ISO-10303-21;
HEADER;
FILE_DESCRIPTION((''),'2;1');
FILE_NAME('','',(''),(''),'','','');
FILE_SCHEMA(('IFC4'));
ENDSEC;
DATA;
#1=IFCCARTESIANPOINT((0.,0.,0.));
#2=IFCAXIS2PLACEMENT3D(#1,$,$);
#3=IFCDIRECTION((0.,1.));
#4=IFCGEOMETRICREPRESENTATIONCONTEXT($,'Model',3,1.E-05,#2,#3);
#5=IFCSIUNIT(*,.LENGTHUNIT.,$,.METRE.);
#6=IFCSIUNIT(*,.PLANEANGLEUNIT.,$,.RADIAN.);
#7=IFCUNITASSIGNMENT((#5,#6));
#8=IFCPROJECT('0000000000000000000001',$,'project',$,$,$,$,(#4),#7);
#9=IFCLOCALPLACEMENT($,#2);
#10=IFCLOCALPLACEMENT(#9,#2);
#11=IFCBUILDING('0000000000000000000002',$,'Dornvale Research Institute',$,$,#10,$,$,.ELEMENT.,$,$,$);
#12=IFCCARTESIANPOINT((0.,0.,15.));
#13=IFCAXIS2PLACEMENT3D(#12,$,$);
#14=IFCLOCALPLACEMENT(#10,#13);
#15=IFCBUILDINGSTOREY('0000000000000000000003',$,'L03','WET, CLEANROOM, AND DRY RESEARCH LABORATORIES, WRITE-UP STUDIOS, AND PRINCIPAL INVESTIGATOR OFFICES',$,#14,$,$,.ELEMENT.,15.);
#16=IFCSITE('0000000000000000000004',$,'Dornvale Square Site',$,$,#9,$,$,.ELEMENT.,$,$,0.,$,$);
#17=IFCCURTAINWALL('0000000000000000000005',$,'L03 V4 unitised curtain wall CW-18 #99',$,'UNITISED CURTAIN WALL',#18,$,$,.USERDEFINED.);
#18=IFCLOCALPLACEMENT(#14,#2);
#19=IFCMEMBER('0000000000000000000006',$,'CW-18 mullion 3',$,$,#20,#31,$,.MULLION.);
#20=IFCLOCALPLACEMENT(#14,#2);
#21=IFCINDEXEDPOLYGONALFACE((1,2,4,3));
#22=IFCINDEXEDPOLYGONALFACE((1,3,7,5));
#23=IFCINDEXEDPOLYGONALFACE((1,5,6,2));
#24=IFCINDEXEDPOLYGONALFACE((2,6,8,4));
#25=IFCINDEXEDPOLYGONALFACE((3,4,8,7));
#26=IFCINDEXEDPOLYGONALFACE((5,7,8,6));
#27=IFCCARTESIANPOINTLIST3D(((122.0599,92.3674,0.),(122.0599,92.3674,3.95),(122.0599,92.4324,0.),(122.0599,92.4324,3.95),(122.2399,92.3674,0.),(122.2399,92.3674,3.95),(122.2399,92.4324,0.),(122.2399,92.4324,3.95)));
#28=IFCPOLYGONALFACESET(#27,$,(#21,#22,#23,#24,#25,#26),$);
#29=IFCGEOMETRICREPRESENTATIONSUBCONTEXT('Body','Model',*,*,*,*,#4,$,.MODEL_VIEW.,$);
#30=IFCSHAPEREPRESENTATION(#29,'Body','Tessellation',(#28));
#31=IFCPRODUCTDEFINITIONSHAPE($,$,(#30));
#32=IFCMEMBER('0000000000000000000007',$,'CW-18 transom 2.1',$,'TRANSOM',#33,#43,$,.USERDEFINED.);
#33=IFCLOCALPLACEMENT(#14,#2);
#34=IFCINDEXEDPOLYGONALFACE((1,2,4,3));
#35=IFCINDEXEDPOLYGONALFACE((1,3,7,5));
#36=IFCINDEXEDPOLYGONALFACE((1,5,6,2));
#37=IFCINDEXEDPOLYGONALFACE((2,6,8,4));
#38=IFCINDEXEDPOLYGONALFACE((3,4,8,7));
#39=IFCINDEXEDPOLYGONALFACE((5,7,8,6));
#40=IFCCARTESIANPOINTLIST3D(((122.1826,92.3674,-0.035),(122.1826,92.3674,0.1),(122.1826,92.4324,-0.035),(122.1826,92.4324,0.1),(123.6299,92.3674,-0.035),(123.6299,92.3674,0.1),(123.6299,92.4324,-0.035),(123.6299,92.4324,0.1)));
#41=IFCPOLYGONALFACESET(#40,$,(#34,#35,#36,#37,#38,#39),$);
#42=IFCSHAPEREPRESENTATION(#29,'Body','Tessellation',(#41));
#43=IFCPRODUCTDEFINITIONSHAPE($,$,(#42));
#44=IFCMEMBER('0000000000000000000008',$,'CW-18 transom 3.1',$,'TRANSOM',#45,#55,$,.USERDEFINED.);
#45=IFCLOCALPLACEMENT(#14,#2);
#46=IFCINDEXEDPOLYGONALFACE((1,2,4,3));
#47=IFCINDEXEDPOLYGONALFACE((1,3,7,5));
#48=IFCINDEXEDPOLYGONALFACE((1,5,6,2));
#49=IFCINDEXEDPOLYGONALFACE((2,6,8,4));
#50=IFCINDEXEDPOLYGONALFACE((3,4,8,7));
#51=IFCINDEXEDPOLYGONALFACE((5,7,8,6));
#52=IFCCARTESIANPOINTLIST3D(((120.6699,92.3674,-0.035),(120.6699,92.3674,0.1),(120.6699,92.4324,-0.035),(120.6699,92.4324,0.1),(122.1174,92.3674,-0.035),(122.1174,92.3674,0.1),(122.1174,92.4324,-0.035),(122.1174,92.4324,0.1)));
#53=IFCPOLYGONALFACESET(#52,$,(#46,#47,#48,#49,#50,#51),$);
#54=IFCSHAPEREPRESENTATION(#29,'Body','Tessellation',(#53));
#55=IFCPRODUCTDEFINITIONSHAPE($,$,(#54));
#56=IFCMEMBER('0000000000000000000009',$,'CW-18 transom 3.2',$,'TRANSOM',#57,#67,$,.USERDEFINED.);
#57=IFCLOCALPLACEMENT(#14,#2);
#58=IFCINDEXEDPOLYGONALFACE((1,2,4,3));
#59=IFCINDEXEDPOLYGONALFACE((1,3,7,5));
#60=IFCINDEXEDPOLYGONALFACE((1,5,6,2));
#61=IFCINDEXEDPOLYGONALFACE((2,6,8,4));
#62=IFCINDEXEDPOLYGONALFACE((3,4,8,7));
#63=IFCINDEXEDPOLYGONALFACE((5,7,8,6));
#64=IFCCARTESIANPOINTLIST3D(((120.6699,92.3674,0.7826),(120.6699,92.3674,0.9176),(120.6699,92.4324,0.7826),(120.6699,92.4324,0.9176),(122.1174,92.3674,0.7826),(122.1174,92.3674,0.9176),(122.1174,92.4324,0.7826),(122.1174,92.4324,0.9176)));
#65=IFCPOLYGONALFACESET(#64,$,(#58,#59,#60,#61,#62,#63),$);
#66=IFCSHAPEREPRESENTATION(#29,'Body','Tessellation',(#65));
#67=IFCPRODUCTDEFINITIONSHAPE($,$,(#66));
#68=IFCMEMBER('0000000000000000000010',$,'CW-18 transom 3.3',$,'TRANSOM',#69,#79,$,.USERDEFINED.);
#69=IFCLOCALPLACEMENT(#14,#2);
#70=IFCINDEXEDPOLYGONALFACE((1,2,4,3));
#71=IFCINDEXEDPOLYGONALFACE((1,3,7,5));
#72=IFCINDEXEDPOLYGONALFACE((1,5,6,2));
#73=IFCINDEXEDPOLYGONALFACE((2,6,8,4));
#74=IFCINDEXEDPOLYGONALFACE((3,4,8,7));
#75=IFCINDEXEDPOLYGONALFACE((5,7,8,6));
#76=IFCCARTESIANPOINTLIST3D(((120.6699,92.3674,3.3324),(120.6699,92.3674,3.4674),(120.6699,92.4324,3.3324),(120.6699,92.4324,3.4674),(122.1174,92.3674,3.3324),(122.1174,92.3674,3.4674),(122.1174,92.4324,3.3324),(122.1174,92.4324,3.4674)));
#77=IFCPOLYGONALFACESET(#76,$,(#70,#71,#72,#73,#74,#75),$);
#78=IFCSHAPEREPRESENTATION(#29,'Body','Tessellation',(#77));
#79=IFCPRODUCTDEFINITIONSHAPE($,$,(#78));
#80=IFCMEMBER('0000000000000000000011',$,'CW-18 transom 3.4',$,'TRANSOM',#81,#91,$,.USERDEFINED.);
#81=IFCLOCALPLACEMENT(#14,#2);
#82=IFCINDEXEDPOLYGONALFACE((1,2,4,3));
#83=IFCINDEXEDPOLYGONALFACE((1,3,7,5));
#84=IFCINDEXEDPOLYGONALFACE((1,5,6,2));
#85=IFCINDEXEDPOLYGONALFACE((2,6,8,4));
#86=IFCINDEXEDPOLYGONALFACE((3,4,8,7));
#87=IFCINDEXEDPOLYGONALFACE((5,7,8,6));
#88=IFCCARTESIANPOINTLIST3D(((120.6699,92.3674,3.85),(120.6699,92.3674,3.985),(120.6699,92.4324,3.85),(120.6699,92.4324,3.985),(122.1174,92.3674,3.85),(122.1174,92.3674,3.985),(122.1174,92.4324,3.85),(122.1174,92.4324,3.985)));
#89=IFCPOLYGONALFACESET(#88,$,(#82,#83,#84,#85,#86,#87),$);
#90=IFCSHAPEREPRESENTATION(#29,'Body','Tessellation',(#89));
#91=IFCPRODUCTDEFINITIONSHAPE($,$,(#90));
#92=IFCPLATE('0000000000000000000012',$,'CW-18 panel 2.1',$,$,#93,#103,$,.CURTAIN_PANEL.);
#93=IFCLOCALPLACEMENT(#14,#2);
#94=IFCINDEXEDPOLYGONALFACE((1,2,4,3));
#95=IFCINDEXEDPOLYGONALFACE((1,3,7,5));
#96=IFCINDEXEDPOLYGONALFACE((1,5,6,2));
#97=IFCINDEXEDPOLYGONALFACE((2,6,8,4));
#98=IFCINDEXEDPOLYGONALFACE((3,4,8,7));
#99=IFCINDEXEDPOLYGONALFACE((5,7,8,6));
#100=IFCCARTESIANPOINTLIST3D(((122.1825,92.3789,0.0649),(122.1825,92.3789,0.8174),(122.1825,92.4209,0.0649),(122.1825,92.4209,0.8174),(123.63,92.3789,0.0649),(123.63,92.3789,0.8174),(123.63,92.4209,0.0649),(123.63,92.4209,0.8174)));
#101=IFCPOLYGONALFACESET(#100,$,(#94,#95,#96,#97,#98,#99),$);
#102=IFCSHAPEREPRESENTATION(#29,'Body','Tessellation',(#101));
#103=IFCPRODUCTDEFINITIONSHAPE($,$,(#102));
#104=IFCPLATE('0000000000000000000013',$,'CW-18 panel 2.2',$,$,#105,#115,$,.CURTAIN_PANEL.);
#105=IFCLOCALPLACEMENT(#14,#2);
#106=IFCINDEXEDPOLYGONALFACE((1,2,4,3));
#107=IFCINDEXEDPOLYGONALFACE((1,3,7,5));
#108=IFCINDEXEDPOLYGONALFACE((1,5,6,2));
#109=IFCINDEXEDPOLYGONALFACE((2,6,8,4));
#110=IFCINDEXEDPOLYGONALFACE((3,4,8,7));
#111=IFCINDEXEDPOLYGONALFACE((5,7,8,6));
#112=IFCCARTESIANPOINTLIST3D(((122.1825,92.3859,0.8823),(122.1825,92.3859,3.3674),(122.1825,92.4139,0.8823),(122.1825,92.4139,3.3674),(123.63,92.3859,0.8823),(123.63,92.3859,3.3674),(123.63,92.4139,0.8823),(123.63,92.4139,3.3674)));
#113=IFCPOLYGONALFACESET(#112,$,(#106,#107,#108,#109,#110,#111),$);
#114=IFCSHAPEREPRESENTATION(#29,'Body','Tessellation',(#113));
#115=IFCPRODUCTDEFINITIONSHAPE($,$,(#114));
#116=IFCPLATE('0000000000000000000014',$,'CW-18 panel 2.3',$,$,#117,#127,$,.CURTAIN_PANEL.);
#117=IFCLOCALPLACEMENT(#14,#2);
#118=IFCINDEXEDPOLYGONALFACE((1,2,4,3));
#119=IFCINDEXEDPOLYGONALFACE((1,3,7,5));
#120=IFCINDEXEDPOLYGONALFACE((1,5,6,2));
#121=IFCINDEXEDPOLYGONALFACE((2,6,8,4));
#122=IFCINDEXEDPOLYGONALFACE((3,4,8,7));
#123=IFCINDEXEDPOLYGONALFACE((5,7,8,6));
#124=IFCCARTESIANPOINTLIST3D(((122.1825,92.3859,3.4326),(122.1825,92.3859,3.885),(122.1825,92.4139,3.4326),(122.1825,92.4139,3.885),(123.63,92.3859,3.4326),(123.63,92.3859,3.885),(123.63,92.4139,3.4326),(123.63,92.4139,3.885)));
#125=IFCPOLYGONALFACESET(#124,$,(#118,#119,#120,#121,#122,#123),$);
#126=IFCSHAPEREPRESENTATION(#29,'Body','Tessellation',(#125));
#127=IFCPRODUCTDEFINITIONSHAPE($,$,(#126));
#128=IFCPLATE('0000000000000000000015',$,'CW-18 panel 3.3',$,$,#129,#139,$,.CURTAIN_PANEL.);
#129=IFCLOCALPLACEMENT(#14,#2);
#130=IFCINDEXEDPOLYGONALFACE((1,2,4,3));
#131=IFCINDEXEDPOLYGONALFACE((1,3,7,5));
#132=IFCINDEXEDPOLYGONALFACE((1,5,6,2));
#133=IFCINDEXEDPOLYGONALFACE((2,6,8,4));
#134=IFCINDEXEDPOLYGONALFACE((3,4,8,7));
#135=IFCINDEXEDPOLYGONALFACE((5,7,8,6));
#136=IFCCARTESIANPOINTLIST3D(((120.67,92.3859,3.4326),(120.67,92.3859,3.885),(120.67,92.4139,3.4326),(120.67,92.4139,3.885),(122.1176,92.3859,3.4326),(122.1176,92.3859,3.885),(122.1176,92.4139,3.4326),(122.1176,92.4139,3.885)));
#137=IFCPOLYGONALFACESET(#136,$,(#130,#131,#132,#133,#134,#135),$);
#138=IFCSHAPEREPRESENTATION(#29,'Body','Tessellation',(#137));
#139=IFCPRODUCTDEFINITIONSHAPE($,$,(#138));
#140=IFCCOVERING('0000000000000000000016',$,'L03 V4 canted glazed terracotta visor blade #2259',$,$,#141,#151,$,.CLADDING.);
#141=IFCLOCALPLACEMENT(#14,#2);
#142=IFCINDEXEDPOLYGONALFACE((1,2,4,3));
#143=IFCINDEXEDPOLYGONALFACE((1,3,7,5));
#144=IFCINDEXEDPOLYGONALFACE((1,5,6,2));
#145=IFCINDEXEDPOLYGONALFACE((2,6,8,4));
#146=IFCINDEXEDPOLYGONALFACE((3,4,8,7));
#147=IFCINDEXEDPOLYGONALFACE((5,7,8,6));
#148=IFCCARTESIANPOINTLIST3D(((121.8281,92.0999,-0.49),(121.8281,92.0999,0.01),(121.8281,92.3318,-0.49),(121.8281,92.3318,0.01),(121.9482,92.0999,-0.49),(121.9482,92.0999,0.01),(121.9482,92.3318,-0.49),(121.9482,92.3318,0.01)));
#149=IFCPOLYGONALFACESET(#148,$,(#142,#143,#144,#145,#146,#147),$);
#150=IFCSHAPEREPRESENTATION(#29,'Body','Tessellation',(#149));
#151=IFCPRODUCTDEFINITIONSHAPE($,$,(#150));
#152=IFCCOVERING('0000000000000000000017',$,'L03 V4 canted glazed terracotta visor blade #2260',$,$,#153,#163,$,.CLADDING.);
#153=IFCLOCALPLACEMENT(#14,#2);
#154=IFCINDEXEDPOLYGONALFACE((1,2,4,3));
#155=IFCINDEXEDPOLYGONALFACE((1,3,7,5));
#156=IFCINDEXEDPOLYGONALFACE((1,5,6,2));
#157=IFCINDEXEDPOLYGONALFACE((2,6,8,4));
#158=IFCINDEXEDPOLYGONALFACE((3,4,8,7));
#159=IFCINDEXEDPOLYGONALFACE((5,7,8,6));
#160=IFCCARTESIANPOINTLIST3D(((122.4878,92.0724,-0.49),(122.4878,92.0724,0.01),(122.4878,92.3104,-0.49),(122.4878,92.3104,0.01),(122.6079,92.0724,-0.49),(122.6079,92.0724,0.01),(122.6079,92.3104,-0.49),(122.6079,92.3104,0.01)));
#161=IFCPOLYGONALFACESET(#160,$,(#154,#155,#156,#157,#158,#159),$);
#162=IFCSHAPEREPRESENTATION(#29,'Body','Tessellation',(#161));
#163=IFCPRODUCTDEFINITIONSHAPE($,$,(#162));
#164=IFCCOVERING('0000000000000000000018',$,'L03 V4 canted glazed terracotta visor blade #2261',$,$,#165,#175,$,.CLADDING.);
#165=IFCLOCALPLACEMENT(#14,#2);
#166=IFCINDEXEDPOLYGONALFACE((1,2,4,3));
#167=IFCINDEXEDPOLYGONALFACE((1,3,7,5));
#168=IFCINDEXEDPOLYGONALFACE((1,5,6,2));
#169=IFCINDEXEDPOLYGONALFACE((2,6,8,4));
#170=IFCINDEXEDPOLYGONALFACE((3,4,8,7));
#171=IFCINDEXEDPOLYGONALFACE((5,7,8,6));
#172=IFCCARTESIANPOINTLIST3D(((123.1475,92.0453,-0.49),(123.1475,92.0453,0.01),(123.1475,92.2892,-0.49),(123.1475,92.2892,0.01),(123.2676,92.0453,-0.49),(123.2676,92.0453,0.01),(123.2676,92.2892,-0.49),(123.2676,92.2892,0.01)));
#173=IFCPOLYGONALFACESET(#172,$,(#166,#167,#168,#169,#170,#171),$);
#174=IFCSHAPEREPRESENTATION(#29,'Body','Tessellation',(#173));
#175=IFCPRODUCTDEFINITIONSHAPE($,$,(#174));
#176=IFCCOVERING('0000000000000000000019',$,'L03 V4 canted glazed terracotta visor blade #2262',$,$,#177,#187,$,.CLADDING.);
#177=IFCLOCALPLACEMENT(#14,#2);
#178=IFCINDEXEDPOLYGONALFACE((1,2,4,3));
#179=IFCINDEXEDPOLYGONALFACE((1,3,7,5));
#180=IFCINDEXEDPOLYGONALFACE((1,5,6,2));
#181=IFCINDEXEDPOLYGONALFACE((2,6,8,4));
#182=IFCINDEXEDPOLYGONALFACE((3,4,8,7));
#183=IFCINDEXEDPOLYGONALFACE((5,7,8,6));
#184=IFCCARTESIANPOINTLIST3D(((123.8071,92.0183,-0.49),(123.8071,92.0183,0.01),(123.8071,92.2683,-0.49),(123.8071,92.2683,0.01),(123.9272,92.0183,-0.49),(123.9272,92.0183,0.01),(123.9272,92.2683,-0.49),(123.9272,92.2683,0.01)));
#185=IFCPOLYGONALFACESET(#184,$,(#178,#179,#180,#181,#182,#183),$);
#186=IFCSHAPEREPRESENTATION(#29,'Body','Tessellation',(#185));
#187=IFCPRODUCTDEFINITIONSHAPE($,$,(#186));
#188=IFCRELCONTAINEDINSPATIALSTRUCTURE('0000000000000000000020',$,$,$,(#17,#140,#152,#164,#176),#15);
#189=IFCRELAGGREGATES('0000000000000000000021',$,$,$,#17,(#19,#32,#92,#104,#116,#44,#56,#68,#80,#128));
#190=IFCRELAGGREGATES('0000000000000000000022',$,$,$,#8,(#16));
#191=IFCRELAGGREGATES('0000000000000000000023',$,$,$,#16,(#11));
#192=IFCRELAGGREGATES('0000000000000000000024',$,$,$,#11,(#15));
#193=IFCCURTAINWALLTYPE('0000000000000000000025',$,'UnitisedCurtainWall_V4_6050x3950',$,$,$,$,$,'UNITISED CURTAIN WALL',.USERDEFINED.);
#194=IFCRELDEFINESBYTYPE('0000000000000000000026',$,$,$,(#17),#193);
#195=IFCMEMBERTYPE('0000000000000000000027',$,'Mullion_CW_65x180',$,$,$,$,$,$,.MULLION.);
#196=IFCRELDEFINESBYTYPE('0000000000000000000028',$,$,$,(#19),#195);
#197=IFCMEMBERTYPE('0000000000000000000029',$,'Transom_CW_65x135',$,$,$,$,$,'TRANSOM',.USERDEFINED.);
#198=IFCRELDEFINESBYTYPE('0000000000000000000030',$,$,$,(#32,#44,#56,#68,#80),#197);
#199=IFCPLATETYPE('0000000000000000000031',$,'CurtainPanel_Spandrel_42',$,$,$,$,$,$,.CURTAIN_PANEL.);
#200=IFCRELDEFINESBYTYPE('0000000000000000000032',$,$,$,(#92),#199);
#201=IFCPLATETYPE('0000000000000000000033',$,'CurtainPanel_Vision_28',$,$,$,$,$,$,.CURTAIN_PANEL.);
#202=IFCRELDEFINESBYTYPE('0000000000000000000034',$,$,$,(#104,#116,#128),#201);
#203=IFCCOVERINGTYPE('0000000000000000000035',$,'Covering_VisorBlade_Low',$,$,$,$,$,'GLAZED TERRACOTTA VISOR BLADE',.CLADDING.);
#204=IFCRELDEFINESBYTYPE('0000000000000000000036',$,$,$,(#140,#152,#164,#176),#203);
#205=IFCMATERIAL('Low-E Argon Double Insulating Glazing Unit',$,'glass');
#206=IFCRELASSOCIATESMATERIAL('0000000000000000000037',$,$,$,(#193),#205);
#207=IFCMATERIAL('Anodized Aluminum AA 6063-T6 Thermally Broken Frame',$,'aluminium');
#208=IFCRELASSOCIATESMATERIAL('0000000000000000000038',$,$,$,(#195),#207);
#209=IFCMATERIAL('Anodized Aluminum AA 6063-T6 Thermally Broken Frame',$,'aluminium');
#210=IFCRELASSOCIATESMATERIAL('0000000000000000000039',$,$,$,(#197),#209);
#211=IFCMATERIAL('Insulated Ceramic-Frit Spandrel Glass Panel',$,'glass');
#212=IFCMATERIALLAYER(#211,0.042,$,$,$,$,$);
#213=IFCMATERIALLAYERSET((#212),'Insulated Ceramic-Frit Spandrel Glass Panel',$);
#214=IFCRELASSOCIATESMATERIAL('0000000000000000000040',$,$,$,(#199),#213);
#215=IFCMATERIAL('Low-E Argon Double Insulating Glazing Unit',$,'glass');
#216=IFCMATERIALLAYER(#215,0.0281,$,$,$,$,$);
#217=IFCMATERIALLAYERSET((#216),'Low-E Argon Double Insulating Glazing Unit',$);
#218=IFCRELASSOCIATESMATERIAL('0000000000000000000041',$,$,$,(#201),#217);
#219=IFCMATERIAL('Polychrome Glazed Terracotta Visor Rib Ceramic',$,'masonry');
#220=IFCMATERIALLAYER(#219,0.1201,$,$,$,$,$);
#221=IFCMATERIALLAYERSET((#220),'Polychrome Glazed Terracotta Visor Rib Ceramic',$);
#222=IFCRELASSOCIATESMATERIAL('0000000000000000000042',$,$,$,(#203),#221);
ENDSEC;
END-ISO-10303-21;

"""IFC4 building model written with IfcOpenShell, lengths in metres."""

from ifc_helpers import new_model, si_unit, direction, frame, origin, origin_2d, place, context, subcontext, project, spatial, rectangle, extrude, material, layer, layer_set, material_profile, profile_set, type_object, element, aggregate, save


model = new_model("IFC4")

# Units and contexts
model_context = context("Model", 3, precision=1e-05, world=origin(), true_north=direction((0.0, 1.0)))
body_context = subcontext(model_context, "Body", "Model", "MODEL_VIEW")
ifc_project = project(units=[si_unit("LENGTHUNIT", "METRE"), si_unit("PLANEANGLEUNIT", "RADIAN")], contexts=[model_context])

# Site, building, storey
site_placement = place(None, origin())
site = spatial("IfcSite", under=ifc_project, at=site_placement, Name="Dornvale Square Site", CompositionType="ELEMENT", RefElevation=0.0)
building_placement = place(site_placement, origin())
building = spatial("IfcBuilding", under=site, at=building_placement, Name="Dornvale Research Institute", CompositionType="ELEMENT")
storey_placement = place(building_placement, frame((0.0, 0.0, 15.0)))
storey = spatial("IfcBuildingStorey", under=building, at=storey_placement, Name="L03", Description="WET, CLEANROOM, AND DRY RESEARCH LABORATORIES, WRITE-UP STUDIOS, AND PRINCIPAL INVESTIGATOR OFFICES", CompositionType="ELEMENT", Elevation=15.0)

# Curtain wall, members, plates
ifc_material_1 = material(Name="Low-E Argon Double Insulating Glazing Unit", Category="glass")
curtain_wall_type = type_object("IfcCurtainWallType", Name="UnitisedCurtainWall_V4_6050x3950", ElementType="UNITISED CURTAIN WALL", PredefinedType="USERDEFINED", material=ifc_material_1)
curtain_wall_placement = place(storey_placement, origin())
curtain_wall = element("IfcCurtainWall", 1, at=curtain_wall_placement, inside=storey, type_object=curtain_wall_type, Name="L03 V4 unitised curtain wall CW-18 #99", ObjectType="UNITISED CURTAIN WALL", PredefinedType="USERDEFINED")
ifc_material_2 = material(Name="Anodized Aluminum AA 6063-T6 Thermally Broken Frame", Category="aluminium")
ifc_material_profile_1 = material_profile(ifc_material_2, rectangle(XDim=0.0649, YDim=0.1799, at=origin_2d()), Name="ALU MULLION 65x180")
ifc_profile_set_1 = profile_set([ifc_material_profile_1], Name="Anodized Aluminum AA 6063-T6 Thermally Broken Frame")
member_type_1 = type_object("IfcMemberType", Name="Mullion_CW_65x180", PredefinedType="MULLION", material=ifc_profile_set_1)
member_1_placement = place(storey_placement, frame((122.1499, 92.3999, 0.0), z_axis=(0.0, 0.0, 1.0), x_axis=(0.0, -1.0, 0.0)))
member_1 = element("IfcMember", 2, at=member_1_placement, type_object=member_type_1, Name="CW-18 mullion 3", PredefinedType="MULLION", context=body_context, shape_type="SweptSolid", body=[
    extrude(rectangle(XDim=0.0649, YDim=0.1799, at=origin_2d()), origin(), (0.0, 0.0, 1.0), 3.95),
])
ifc_material_3 = material(Name="Anodized Aluminum AA 6063-T6 Thermally Broken Frame", Category="aluminium")
ifc_material_profile_2 = material_profile(ifc_material_3, rectangle(XDim=0.0649, YDim=0.135, at=origin_2d()), Name="ALU TRANSOM 65x135")
ifc_profile_set_2 = profile_set([ifc_material_profile_2], Name="Anodized Aluminum AA 6063-T6 Thermally Broken Frame")
member_type_2 = type_object("IfcMemberType", Name="Transom_CW_65x135", ElementType="TRANSOM", PredefinedType="USERDEFINED", material=ifc_profile_set_2)
member_2_placement = place(storey_placement, frame((123.6299, 92.3999, 0.0325), z_axis=(-1.0, 0.0, 0.0), x_axis=(0.0, -1.0, 0.0)))
member_2 = element("IfcMember", 3, at=member_2_placement, type_object=member_type_2, Name="CW-18 transom 2.1", ObjectType="TRANSOM", PredefinedType="USERDEFINED", context=body_context, shape_type="SweptSolid", body=[
    extrude(rectangle(XDim=0.0649, YDim=0.135, at=origin_2d()), origin(), (0.0, 0.0, 1.0), 1.4473),
])
member_3_placement = place(storey_placement, frame((122.1174, 92.3999, 0.0325), z_axis=(-1.0, 0.0, 0.0), x_axis=(0.0, -1.0, 0.0)))
member_3 = element("IfcMember", 4, at=member_3_placement, type_object=member_type_2, Name="CW-18 transom 3.1", ObjectType="TRANSOM", PredefinedType="USERDEFINED", context=body_context, shape_type="SweptSolid", body=[
    extrude(rectangle(XDim=0.0649, YDim=0.135, at=origin_2d()), origin(), (0.0, 0.0, 1.0), 1.4475),
])
member_4_placement = place(storey_placement, frame((122.1174, 92.3999, 0.8501), z_axis=(-1.0, 0.0, 0.0), x_axis=(0.0, -1.0, 0.0)))
member_4 = element("IfcMember", 5, at=member_4_placement, type_object=member_type_2, Name="CW-18 transom 3.2", ObjectType="TRANSOM", PredefinedType="USERDEFINED", context=body_context, shape_type="SweptSolid", body=[
    extrude(rectangle(XDim=0.0649, YDim=0.135, at=origin_2d()), origin(), (0.0, 0.0, 1.0), 1.4475),
])
member_5_placement = place(storey_placement, frame((122.1174, 92.3999, 3.3999), z_axis=(-1.0, 0.0, 0.0), x_axis=(0.0, -1.0, 0.0)))
member_5 = element("IfcMember", 6, at=member_5_placement, type_object=member_type_2, Name="CW-18 transom 3.3", ObjectType="TRANSOM", PredefinedType="USERDEFINED", context=body_context, shape_type="SweptSolid", body=[
    extrude(rectangle(XDim=0.0649, YDim=0.135, at=origin_2d()), origin(), (0.0, 0.0, 1.0), 1.4475),
])
member_6_placement = place(storey_placement, frame((122.1174, 92.3999, 3.9175), z_axis=(-1.0, 0.0, 0.0), x_axis=(0.0, -1.0, 0.0)))
member_6 = element("IfcMember", 7, at=member_6_placement, type_object=member_type_2, Name="CW-18 transom 3.4", ObjectType="TRANSOM", PredefinedType="USERDEFINED", context=body_context, shape_type="SweptSolid", body=[
    extrude(rectangle(XDim=0.0649, YDim=0.135, at=origin_2d()), origin(), (0.0, 0.0, 1.0), 1.4475),
])
ifc_material_4 = material(Name="Insulated Ceramic-Frit Spandrel Glass Panel", Category="glass")
ifc_layer_1 = layer(ifc_material_4, 0.042)
ifc_layer_set_1 = layer_set([ifc_layer_1], Name="Insulated Ceramic-Frit Spandrel Glass Panel")
plate_type_1 = type_object("IfcPlateType", Name="CurtainPanel_Spandrel_42", PredefinedType="CURTAIN_PANEL", material=ifc_layer_set_1)
plate_1_placement = place(storey_placement, frame((122.9062, 92.3999, 0.0649), z_axis=(0.0, 0.0, 1.0), x_axis=(-1.0, 0.0, 0.0)))
plate_1 = element("IfcPlate", 8, at=plate_1_placement, type_object=plate_type_1, Name="CW-18 panel 2.1", PredefinedType="CURTAIN_PANEL", context=body_context, shape_type="SweptSolid", body=[
    extrude(rectangle(XDim=1.4475, YDim=0.042, at=origin_2d()), origin(), (0.0, 0.0, 1.0), 0.7524),
])
ifc_material_5 = material(Name="Low-E Argon Double Insulating Glazing Unit", Category="glass")
ifc_layer_2 = layer(ifc_material_5, 0.0281)
ifc_layer_set_2 = layer_set([ifc_layer_2], Name="Low-E Argon Double Insulating Glazing Unit")
plate_type_2 = type_object("IfcPlateType", Name="CurtainPanel_Vision_28", PredefinedType="CURTAIN_PANEL", material=ifc_layer_set_2)
plate_2_placement = place(storey_placement, frame((122.9062, 92.3999, 0.8823), z_axis=(0.0, 0.0, 1.0), x_axis=(-1.0, 0.0, 0.0)))
plate_2 = element("IfcPlate", 9, at=plate_2_placement, type_object=plate_type_2, Name="CW-18 panel 2.2", PredefinedType="CURTAIN_PANEL", context=body_context, shape_type="SweptSolid", body=[
    extrude(rectangle(XDim=1.4475, YDim=0.0281, at=origin_2d()), origin(), (0.0, 0.0, 1.0), 2.4851),
])
plate_3_placement = place(storey_placement, frame((122.9062, 92.3999, 3.4326), z_axis=(0.0, 0.0, 1.0), x_axis=(-1.0, 0.0, 0.0)))
plate_3 = element("IfcPlate", 10, at=plate_3_placement, type_object=plate_type_2, Name="CW-18 panel 2.3", PredefinedType="CURTAIN_PANEL", context=body_context, shape_type="SweptSolid", body=[
    extrude(rectangle(XDim=1.4475, YDim=0.0281, at=origin_2d()), origin(), (0.0, 0.0, 1.0), 0.4524),
])
plate_4_placement = place(storey_placement, frame((121.3938, 92.3999, 3.4326), z_axis=(0.0, 0.0, 1.0), x_axis=(-1.0, 0.0, 0.0)))
plate_4 = element("IfcPlate", 11, at=plate_4_placement, type_object=plate_type_2, Name="CW-18 panel 3.3", PredefinedType="CURTAIN_PANEL", context=body_context, shape_type="SweptSolid", body=[
    extrude(rectangle(XDim=1.4475, YDim=0.0281, at=origin_2d()), origin(), (0.0, 0.0, 1.0), 0.4524),
])
aggregate(curtain_wall, [member_1, member_2, plate_1, plate_2, plate_3, member_3, member_4, member_5, member_6, plate_4])

# Coverings
ifc_material_6 = material(Name="Polychrome Glazed Terracotta Visor Rib Ceramic", Category="masonry")
ifc_layer_3 = layer(ifc_material_6, 0.1201)
ifc_layer_set_3 = layer_set([ifc_layer_3], Name="Polychrome Glazed Terracotta Visor Rib Ceramic")
covering_type = type_object("IfcCoveringType", Name="Covering_VisorBlade_Low", ElementType="GLAZED TERRACOTTA VISOR BLADE", PredefinedType="CLADDING", material=ifc_layer_set_3)
covering_1_placement = place(storey_placement, frame((121.8882, 92.2158, -0.49), z_axis=(0.0, 0.0, 1.0), x_axis=(0.0, 1.0, 0.0)))
element("IfcCovering", 12, at=covering_1_placement, inside=storey, type_object=covering_type, Name="L03 V4 canted glazed terracotta visor blade #2259", PredefinedType="CLADDING", context=body_context, shape_type="SweptSolid", body=[
    extrude(rectangle(XDim=0.2319, YDim=0.1201, at=origin_2d()), origin(), (0.0, 0.0, 1.0), 0.5),
])
covering_2_placement = place(storey_placement, frame((122.5479, 92.1914, -0.49), z_axis=(0.0, 0.0, 1.0), x_axis=(0.0, 1.0, 0.0)))
element("IfcCovering", 13, at=covering_2_placement, inside=storey, type_object=covering_type, Name="L03 V4 canted glazed terracotta visor blade #2260", PredefinedType="CLADDING", context=body_context, shape_type="SweptSolid", body=[
    extrude(rectangle(XDim=0.238, YDim=0.1201, at=origin_2d()), origin(), (0.0, 0.0, 1.0), 0.5),
])
covering_3_placement = place(storey_placement, frame((123.2075, 92.1672, -0.49), z_axis=(0.0, 0.0, 1.0), x_axis=(0.0, 1.0, 0.0)))
element("IfcCovering", 14, at=covering_3_placement, inside=storey, type_object=covering_type, Name="L03 V4 canted glazed terracotta visor blade #2261", PredefinedType="CLADDING", context=body_context, shape_type="SweptSolid", body=[
    extrude(rectangle(XDim=0.2439, YDim=0.1201, at=origin_2d()), origin(), (0.0, 0.0, 1.0), 0.5),
])
covering_4_placement = place(storey_placement, frame((123.8672, 92.1433, -0.49), z_axis=(0.0, 0.0, 1.0), x_axis=(0.0, 1.0, 0.0)))
element("IfcCovering", 15, at=covering_4_placement, inside=storey, type_object=covering_type, Name="L03 V4 canted glazed terracotta visor blade #2262", PredefinedType="CLADDING", context=body_context, shape_type="SweptSolid", body=[
    extrude(rectangle(XDim=0.25, YDim=0.1201, at=origin_2d()), origin(), (0.0, 0.0, 1.0), 0.5),
])

save(model, "model.ifc")
